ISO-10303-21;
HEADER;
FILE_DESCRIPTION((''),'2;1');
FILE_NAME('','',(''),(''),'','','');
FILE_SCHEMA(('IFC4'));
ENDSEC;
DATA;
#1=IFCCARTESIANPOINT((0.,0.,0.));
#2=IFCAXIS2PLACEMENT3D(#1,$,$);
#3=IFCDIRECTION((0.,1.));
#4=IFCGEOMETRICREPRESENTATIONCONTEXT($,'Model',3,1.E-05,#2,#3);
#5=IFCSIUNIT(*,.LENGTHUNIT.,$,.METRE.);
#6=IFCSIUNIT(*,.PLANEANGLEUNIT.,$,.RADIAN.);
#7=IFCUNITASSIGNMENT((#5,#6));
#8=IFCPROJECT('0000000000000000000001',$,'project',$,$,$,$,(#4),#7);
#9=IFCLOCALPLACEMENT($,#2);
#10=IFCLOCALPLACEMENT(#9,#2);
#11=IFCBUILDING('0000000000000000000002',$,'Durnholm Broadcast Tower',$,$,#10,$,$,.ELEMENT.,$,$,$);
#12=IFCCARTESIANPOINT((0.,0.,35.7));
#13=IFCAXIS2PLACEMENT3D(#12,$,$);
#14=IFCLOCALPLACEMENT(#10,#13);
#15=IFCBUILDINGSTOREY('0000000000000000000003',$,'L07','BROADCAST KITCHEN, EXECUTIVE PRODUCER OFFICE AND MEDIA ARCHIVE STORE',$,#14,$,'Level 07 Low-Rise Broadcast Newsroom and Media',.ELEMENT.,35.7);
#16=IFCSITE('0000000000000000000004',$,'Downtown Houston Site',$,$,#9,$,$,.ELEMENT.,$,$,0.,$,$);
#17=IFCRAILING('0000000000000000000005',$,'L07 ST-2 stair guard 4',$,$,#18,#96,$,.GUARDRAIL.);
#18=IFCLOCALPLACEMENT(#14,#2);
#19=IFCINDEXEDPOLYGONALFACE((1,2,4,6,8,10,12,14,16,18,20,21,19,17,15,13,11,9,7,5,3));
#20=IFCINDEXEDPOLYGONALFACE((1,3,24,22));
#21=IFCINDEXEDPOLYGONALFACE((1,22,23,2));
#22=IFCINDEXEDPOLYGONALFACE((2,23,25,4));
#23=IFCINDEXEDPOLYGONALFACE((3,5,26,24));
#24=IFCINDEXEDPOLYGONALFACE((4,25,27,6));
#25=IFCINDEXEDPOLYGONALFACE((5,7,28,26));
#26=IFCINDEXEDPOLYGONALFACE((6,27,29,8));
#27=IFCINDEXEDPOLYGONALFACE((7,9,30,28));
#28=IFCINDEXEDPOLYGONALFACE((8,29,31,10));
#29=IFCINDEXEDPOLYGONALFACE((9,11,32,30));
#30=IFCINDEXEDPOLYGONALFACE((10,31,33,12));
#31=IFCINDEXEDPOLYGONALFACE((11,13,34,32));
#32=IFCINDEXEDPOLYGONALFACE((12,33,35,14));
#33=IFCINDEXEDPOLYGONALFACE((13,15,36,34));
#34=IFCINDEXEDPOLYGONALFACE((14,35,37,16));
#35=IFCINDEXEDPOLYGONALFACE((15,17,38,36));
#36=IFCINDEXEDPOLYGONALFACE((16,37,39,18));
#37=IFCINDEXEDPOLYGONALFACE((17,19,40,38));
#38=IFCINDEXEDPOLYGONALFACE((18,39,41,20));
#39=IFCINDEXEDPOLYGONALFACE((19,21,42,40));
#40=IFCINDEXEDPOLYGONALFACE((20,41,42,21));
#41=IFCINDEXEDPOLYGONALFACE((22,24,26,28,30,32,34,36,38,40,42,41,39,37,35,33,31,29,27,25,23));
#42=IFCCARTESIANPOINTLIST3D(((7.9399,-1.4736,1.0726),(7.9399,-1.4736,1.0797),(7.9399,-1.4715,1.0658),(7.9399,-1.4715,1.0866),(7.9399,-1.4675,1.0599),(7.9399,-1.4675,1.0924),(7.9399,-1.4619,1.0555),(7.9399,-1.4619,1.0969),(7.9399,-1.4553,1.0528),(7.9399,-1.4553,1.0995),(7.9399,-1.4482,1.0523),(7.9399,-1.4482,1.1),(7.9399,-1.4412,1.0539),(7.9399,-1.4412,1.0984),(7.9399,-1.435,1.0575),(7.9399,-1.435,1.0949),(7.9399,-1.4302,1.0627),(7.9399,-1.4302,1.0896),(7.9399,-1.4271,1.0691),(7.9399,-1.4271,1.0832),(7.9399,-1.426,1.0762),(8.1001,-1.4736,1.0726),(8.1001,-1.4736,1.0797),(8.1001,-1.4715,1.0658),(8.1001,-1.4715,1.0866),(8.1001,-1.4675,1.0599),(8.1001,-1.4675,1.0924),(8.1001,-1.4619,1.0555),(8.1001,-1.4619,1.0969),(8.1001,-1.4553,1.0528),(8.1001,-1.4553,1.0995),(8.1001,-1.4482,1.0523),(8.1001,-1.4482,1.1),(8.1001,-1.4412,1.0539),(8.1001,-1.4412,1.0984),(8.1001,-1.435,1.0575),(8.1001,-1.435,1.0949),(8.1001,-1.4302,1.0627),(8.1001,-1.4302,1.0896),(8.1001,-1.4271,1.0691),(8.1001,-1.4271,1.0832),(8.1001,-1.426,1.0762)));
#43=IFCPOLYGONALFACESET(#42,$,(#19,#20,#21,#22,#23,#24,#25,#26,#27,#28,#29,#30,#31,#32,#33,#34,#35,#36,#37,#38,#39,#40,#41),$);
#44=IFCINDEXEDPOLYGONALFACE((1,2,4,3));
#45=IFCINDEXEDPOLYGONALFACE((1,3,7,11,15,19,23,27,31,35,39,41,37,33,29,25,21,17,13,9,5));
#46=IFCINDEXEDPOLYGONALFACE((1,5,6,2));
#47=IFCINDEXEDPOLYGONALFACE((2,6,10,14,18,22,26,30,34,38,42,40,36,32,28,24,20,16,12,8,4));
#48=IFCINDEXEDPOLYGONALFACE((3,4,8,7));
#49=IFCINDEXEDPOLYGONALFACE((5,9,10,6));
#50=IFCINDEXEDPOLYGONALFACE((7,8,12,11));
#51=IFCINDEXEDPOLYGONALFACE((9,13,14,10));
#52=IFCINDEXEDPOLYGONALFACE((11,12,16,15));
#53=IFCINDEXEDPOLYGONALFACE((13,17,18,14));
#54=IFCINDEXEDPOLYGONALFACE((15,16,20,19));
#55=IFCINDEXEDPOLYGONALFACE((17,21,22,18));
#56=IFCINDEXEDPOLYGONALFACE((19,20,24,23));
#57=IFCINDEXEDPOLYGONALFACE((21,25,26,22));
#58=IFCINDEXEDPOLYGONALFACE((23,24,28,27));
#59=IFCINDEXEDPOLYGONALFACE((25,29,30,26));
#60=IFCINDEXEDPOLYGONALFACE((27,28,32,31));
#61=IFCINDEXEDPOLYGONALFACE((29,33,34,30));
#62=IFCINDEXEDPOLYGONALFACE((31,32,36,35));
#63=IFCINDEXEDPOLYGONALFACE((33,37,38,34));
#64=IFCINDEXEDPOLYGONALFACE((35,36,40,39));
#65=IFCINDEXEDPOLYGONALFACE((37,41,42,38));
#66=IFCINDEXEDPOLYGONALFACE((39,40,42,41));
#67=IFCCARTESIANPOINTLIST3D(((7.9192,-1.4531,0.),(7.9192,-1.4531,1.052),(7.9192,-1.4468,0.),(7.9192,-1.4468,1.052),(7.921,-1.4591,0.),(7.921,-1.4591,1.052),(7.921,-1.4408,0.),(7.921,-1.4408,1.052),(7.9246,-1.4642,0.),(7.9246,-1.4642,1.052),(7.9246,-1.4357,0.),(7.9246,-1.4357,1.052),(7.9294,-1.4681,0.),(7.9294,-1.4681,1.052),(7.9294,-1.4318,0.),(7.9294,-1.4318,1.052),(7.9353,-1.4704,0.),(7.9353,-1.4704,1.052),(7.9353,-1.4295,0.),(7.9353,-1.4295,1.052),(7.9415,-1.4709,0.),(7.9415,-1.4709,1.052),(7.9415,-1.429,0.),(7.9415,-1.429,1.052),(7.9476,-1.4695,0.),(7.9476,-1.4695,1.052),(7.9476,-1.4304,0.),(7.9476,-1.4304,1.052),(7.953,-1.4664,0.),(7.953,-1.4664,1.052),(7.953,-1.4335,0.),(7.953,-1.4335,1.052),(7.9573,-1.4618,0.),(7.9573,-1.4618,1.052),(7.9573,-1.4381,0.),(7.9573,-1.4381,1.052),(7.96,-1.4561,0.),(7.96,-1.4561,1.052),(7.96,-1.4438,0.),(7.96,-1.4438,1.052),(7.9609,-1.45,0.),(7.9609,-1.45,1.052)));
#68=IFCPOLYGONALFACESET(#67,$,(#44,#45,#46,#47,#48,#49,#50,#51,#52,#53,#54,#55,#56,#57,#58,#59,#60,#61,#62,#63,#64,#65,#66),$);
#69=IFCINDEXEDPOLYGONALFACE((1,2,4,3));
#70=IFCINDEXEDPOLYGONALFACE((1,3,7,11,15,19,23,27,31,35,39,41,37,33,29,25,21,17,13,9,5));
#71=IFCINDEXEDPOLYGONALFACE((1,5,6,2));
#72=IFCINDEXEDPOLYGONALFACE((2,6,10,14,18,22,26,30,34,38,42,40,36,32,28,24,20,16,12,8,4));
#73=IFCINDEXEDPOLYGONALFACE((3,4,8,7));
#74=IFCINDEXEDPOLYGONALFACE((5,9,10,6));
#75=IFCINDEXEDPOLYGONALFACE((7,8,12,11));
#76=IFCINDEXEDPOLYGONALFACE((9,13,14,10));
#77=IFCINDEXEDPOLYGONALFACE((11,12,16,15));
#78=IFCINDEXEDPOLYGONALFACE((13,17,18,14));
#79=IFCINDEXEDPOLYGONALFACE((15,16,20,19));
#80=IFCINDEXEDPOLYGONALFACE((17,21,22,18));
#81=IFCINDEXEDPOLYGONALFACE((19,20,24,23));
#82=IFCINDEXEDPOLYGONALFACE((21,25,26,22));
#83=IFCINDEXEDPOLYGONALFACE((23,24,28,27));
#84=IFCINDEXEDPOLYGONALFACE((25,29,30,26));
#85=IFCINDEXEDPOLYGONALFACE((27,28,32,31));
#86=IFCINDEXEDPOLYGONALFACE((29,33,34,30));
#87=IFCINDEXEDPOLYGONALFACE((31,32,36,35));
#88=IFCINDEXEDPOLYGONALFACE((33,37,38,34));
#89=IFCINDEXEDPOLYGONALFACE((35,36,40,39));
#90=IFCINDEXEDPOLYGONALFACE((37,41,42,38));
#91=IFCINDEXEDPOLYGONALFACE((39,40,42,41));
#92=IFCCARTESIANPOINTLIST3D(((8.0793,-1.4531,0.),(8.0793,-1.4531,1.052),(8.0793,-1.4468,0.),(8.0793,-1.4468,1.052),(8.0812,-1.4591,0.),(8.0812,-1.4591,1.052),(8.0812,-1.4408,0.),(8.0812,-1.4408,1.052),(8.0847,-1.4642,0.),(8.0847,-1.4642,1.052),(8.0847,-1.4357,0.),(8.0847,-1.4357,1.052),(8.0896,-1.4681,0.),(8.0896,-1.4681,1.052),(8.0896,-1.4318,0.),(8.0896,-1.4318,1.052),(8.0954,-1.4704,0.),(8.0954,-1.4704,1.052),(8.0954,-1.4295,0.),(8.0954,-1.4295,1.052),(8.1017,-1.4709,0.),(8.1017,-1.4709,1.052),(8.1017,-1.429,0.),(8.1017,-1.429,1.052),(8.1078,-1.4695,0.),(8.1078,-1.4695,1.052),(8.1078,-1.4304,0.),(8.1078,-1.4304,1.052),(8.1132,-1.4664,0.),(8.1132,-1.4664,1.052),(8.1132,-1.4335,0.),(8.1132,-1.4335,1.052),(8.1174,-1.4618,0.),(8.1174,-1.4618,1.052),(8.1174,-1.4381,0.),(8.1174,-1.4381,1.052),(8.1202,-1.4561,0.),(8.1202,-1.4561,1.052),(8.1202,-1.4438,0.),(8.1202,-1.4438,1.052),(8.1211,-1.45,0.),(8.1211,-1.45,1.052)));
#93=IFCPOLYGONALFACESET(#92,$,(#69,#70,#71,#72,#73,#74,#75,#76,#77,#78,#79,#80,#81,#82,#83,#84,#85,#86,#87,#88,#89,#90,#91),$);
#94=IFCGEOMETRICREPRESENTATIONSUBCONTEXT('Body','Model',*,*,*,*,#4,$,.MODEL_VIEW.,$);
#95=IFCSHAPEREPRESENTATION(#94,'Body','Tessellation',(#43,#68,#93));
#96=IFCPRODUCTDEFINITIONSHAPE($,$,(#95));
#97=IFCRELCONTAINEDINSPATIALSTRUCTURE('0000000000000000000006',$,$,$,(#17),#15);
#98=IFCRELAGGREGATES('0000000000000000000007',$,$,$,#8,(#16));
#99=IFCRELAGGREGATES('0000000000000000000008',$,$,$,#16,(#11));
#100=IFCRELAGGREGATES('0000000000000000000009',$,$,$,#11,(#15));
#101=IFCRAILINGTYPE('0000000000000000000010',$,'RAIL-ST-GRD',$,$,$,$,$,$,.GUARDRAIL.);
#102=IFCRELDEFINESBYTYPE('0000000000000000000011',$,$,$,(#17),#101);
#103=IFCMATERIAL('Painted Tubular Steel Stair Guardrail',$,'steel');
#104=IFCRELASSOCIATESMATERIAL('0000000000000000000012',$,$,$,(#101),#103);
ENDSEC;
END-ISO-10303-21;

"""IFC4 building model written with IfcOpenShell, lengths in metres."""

from ifc_helpers import new_model, si_unit, direction, frame, origin, origin_2d, place, context, subcontext, project, spatial, circle, extrude, material, type_object, element, save


model = new_model("IFC4")

# Units and contexts
model_context = context("Model", 3, precision=1e-05, world=origin(), true_north=direction((0.0, 1.0)))
body_context = subcontext(model_context, "Body", "Model", "MODEL_VIEW")
ifc_project = project(units=[si_unit("LENGTHUNIT", "METRE"), si_unit("PLANEANGLEUNIT", "RADIAN")], contexts=[model_context])

# Site, building, storey
site_placement = place(None, origin())
site = spatial("IfcSite", under=ifc_project, at=site_placement, Name="Downtown Houston Site", CompositionType="ELEMENT", RefElevation=0.0)
building_placement = place(site_placement, origin())
building = spatial("IfcBuilding", under=site, at=building_placement, Name="Durnholm Broadcast Tower", CompositionType="ELEMENT")
storey_placement = place(building_placement, frame((0.0, 0.0, 35.7)))
storey = spatial("IfcBuildingStorey", under=building, at=storey_placement, Name="L07", Description="BROADCAST KITCHEN, EXECUTIVE PRODUCER OFFICE AND MEDIA ARCHIVE STORE", LongName="Level 07 Low-Rise Broadcast Newsroom and Media", CompositionType="ELEMENT", Elevation=35.7)

# Railing
ifc_material_1 = material(Name="Painted Tubular Steel Stair Guardrail", Category="steel")
railing_type_1 = type_object("IfcRailingType", Name="RAIL-ST-GRD", PredefinedType="GUARDRAIL", material=ifc_material_1)
railing_1_placement = place(storey_placement, frame((7.9399, -1.45, 0.0)))
element("IfcRailing", 1, at=railing_1_placement, inside=storey, type_object=railing_type_1, Name="L07 ST-2 stair guard 4", PredefinedType="GUARDRAIL", context=body_context, shape_type="SweptSolid", body=[
    extrude(circle(Radius=0.0239, at=origin_2d()), frame((0.0, 0.0, 1.0762), z_axis=(1.0, 0.0, 0.0), x_axis=(0.0, 1.0, 0.0)), (0.0, 0.0, 1.0), 0.1602),
    extrude(circle(Radius=0.021, at=origin_2d()), origin(), (0.0, 0.0, 1.0), 1.052),
    extrude(circle(Radius=0.021, at=origin_2d()), frame((0.1602, 0.0, 0.0)), (0.0, 0.0, 1.0), 1.052),
])

save(model, "model.ifc")
